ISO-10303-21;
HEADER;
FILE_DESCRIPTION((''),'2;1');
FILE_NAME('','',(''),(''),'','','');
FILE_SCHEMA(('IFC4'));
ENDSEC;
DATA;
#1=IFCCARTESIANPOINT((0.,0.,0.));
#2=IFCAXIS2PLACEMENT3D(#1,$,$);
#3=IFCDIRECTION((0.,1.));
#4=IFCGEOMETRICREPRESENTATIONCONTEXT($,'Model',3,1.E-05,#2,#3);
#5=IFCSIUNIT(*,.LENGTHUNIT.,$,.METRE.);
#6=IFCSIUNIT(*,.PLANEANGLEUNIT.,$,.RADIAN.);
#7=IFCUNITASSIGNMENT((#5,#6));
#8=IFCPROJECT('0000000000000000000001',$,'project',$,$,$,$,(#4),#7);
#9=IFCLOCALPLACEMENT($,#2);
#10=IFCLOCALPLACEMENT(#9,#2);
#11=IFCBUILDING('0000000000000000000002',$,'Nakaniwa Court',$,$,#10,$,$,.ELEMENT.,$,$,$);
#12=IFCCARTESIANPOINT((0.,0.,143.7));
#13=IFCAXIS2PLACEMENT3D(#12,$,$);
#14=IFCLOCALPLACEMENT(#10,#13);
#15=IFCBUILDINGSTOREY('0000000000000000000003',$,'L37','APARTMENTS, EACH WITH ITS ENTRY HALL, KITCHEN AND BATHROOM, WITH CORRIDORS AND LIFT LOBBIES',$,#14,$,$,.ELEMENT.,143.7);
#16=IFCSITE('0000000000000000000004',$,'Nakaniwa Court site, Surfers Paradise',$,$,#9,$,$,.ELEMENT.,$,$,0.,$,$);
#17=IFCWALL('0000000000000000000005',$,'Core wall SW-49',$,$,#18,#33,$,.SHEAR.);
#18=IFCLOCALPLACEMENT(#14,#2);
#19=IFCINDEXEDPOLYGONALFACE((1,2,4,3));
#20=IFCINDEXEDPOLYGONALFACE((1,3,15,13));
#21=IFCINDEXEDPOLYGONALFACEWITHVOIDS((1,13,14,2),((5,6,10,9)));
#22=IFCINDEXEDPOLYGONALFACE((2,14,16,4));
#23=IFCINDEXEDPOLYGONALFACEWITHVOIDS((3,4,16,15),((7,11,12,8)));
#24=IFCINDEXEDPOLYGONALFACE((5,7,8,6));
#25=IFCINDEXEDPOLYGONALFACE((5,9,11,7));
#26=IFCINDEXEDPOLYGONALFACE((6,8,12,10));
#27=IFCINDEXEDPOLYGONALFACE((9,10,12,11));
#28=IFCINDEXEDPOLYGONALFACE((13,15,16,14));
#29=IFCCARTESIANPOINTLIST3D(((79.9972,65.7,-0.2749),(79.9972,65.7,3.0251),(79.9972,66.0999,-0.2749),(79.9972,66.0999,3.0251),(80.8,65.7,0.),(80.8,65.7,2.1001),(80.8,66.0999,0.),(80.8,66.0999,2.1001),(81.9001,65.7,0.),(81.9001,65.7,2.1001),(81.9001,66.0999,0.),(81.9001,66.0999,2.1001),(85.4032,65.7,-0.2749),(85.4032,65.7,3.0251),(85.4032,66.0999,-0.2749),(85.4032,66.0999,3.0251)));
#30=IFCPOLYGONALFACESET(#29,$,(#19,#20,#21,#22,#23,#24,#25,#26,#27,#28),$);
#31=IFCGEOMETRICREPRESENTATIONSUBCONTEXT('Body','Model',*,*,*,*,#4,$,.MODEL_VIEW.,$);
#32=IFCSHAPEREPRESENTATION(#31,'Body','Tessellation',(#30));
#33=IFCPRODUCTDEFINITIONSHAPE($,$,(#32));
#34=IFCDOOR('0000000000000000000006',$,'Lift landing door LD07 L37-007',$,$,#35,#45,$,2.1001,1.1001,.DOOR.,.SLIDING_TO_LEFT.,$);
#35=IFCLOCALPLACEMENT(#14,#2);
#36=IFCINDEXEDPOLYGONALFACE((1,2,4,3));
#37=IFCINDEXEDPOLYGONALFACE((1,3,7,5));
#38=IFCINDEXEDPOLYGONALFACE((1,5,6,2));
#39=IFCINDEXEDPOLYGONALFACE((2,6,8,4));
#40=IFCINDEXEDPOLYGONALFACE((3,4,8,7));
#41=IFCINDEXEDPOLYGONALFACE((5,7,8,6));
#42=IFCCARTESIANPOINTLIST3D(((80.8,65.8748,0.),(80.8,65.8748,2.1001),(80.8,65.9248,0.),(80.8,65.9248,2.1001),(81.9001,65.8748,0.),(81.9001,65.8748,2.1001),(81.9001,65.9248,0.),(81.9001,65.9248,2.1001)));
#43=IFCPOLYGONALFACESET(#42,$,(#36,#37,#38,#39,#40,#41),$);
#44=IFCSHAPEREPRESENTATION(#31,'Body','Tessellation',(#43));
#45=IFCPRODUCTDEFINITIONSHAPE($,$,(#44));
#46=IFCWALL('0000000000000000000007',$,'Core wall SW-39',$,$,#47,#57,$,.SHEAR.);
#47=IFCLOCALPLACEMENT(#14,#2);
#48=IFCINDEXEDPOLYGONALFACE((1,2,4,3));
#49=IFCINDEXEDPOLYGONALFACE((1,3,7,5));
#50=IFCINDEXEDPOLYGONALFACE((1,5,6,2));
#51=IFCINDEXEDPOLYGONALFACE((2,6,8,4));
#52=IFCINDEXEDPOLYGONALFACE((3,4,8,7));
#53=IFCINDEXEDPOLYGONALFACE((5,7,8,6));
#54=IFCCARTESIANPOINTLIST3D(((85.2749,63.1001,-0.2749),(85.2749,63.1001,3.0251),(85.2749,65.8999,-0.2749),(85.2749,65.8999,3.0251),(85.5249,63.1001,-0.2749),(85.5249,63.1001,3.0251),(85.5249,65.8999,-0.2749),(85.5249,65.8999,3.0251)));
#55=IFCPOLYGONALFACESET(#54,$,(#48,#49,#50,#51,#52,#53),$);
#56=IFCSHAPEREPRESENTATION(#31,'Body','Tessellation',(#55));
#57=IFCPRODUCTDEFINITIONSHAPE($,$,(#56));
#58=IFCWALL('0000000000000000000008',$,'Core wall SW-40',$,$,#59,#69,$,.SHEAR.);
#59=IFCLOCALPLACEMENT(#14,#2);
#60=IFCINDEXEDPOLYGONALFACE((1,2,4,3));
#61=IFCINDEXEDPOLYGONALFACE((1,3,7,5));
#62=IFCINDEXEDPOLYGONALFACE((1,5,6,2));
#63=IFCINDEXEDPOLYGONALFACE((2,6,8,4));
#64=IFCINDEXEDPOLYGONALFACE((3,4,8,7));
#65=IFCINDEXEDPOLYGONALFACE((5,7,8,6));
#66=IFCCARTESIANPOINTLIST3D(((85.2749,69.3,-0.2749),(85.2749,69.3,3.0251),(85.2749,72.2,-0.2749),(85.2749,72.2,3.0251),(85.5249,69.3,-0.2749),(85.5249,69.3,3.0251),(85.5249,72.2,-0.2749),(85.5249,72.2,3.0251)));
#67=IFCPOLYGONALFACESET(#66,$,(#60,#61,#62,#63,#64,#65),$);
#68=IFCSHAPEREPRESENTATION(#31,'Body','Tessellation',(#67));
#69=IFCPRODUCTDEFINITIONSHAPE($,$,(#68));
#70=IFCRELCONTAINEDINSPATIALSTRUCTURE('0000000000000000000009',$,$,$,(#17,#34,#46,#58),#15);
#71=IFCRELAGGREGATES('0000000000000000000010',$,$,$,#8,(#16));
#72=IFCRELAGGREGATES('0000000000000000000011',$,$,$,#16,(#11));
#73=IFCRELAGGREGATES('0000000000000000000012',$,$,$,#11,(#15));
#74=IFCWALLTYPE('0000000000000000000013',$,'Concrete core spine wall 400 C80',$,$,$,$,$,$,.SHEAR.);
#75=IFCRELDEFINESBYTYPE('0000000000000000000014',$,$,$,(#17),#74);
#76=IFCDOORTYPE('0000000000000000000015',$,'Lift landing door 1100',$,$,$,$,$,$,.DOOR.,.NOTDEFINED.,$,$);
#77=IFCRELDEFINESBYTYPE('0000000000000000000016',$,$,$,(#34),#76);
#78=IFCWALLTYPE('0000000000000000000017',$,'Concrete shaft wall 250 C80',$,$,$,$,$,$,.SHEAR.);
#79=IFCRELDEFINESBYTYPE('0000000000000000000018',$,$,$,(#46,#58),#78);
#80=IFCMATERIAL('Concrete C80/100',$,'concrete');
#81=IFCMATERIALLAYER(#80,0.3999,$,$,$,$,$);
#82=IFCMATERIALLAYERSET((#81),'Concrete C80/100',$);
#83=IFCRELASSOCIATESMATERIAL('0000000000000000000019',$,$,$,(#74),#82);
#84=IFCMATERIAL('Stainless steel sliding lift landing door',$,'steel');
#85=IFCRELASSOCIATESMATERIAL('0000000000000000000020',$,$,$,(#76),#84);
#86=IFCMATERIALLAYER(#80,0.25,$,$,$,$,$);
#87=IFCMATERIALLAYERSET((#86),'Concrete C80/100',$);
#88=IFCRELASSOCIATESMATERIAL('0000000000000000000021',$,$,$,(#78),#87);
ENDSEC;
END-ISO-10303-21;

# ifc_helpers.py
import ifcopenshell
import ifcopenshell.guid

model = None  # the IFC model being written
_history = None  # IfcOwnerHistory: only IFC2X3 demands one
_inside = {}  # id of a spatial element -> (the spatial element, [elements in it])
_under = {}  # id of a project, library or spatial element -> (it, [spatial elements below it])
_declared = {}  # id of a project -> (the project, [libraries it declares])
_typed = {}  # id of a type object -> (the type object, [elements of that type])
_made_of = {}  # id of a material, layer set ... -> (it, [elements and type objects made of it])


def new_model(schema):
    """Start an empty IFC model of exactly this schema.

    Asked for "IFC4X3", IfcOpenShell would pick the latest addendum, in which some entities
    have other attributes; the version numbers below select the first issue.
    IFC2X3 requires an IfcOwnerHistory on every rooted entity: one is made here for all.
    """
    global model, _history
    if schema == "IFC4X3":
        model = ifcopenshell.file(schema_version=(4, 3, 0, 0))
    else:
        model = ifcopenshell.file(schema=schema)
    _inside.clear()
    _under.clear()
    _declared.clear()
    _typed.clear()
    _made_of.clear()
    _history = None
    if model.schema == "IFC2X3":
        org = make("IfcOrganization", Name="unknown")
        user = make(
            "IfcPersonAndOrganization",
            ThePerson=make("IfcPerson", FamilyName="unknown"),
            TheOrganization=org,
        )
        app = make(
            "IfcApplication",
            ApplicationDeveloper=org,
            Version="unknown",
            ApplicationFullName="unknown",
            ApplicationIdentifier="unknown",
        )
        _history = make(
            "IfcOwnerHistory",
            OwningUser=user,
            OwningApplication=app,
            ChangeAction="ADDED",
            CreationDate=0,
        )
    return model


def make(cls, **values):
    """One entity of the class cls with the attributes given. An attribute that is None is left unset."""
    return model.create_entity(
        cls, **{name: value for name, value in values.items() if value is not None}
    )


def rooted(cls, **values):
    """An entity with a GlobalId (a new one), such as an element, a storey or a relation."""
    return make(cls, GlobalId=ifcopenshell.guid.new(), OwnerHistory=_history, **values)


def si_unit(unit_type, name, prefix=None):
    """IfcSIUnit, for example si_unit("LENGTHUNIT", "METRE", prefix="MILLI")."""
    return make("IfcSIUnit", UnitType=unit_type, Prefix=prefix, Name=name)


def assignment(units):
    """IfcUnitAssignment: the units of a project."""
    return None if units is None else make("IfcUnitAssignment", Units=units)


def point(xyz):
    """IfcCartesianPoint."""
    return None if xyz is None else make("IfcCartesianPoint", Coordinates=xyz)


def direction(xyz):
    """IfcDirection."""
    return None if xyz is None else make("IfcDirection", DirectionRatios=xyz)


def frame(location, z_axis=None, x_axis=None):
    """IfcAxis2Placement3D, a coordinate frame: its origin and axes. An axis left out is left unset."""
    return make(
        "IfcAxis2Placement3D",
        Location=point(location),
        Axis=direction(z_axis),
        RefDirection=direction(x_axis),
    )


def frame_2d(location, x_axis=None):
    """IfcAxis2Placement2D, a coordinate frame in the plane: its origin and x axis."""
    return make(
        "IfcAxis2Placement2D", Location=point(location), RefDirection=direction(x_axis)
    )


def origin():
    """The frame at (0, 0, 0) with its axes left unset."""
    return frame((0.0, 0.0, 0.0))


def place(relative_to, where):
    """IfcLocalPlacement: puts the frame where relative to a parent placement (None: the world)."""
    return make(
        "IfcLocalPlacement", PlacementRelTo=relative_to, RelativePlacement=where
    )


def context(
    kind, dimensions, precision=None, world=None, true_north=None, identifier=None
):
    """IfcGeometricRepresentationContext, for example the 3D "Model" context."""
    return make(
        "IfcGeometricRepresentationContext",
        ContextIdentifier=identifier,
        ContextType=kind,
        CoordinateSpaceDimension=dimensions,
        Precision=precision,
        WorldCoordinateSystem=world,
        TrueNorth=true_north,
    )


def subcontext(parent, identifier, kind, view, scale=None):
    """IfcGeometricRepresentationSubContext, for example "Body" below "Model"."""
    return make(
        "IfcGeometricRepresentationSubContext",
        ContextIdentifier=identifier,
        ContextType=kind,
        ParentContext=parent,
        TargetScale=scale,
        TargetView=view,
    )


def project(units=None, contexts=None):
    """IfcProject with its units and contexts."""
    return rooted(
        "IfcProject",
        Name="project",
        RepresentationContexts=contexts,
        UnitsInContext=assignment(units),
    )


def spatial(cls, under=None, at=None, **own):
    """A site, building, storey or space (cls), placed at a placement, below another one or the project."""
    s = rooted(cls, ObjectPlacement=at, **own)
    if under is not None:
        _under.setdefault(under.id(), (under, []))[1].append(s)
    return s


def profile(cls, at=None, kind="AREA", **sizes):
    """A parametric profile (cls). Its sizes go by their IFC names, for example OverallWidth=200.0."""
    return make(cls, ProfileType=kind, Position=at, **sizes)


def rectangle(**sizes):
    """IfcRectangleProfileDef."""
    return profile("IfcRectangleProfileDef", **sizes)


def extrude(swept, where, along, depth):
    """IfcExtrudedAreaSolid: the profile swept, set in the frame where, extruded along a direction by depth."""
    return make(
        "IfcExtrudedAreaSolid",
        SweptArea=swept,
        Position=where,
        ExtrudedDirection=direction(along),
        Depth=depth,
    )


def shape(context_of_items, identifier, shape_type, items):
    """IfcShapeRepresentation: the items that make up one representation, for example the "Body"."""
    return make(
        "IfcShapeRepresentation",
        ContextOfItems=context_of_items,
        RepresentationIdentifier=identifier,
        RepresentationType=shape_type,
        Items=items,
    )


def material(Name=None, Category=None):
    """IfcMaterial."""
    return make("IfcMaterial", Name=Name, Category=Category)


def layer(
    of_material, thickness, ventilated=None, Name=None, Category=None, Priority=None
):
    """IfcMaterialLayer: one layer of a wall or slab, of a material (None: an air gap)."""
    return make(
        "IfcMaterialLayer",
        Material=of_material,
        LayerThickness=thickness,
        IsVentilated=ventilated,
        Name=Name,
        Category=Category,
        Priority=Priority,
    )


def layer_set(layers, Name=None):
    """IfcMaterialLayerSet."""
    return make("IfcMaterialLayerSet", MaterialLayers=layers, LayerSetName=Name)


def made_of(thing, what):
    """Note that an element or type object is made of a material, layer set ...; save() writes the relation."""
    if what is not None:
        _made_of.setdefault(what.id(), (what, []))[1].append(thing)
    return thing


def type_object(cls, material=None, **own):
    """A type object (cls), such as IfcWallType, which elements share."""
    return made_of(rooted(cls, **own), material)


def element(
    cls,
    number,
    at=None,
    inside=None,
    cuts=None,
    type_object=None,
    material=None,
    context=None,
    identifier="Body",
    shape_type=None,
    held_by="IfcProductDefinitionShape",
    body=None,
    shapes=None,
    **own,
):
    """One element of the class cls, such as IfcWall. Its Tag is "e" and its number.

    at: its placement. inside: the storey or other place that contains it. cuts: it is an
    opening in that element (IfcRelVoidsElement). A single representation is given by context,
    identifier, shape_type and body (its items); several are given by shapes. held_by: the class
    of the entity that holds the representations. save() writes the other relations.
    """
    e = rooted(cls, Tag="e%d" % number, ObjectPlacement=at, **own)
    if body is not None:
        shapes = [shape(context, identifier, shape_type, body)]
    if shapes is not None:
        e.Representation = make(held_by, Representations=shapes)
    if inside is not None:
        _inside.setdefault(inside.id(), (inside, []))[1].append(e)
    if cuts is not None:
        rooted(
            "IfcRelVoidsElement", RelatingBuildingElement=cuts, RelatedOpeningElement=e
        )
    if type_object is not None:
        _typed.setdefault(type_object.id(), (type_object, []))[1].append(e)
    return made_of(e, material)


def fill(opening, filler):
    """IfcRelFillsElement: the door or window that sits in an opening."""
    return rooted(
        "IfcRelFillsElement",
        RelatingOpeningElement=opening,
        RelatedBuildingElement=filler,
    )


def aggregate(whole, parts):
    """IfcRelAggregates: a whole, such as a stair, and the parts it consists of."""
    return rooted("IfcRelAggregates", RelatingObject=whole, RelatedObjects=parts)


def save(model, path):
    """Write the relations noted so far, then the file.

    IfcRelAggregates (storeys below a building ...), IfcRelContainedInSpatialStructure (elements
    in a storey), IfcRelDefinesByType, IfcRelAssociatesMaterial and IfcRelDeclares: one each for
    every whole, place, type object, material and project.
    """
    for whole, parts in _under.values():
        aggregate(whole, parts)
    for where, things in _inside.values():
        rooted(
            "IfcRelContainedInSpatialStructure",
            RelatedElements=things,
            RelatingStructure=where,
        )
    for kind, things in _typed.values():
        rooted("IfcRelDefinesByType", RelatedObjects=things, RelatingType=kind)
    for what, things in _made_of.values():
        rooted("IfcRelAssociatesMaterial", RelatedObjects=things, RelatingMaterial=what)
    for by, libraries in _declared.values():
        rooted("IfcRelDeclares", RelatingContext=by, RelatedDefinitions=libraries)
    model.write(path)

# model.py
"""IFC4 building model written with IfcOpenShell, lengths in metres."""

from ifc_helpers import new_model, si_unit, direction, frame, frame_2d, origin, place, context, subcontext, project, spatial, rectangle, extrude, material, layer, layer_set, type_object, element, fill, save


model = new_model("IFC4")

# Units and contexts
model_context = context("Model", 3, precision=1e-05, world=origin(), true_north=direction((0.0, 1.0)))
body_context = subcontext(model_context, "Body", "Model", "MODEL_VIEW")
ifc_project = project(units=[si_unit("LENGTHUNIT", "METRE"), si_unit("PLANEANGLEUNIT", "RADIAN")], contexts=[model_context])

# Site, building, storey
site_placement = place(None, origin())
site = spatial("IfcSite", under=ifc_project, at=site_placement, Name="Nakaniwa Court site, Surfers Paradise", CompositionType="ELEMENT", RefElevation=0.0)
building_placement = place(site_placement, origin())
building = spatial("IfcBuilding", under=site, at=building_placement, Name="Nakaniwa Court", CompositionType="ELEMENT")
storey_placement = place(building_placement, frame((0.0, 0.0, 143.7)))
storey = spatial("IfcBuildingStorey", under=building, at=storey_placement, Name="L37", Description="APARTMENTS, EACH WITH ITS ENTRY HALL, KITCHEN AND BATHROOM, WITH CORRIDORS AND LIFT LOBBIES", CompositionType="ELEMENT", Elevation=143.7)

# Wall, opening, door
ifc_material_1 = material(Name="Concrete C80/100", Category="concrete")
ifc_layer_1 = layer(ifc_material_1, 0.3999)
ifc_layer_set_1 = layer_set([ifc_layer_1], Name="Concrete C80/100")
wall_type_1 = type_object("IfcWallType", Name="Concrete core spine wall 400 C80", PredefinedType="SHEAR", material=ifc_layer_set_1)
ifc_material_2 = material(Name="Stainless steel sliding lift landing door", Category="steel")
door_type_1 = type_object("IfcDoorType", Name="Lift landing door 1100", OperationType="NOTDEFINED", PredefinedType="DOOR", material=ifc_material_2)
wall_1_placement = place(storey_placement, frame((79.9971, 65.8999, -0.2749), z_axis=(0.0, 0.0, 1.0), x_axis=(1.0, 0.0, 0.0)))
wall_1 = element("IfcWall", 1, at=wall_1_placement, inside=storey, type_object=wall_type_1, Name="Core wall SW-49", PredefinedType="SHEAR", context=body_context, shape_type="SweptSolid", body=[
    extrude(rectangle(XDim=5.406, YDim=0.3999, at=frame_2d((2.7031, 0.0))), origin(), (0.0, 0.0, 1.0), 3.3),
])
opening_1_placement = place(wall_1_placement, frame((0.803, 0.0, 0.2749)))
opening_1 = element("IfcOpeningElement", 2, at=opening_1_placement, cuts=wall_1, PredefinedType="OPENING", context=body_context, shape_type="SweptSolid", body=[
    extrude(rectangle(XDim=1.1001, YDim=2.1001, at=frame_2d((0.55, 1.05))), frame((0.0, 0.21, 0.0), z_axis=(0.0, -1.0, 0.0), x_axis=(1.0, 0.0, 0.0)), (0.0, 0.0, 1.0), 0.4199),
])
door_1_placement = place(opening_1_placement, origin())
door_1 = element("IfcDoor", 3, at=door_1_placement, inside=storey, type_object=door_type_1, Name="Lift landing door LD07 L37-007", OperationType="SLIDING_TO_LEFT", OverallHeight=2.1001, OverallWidth=1.1001, PredefinedType="DOOR", context=body_context, shape_type="SweptSolid", body=[
    extrude(rectangle(XDim=1.1001, YDim=2.1001, at=frame_2d((0.55, 1.05))), frame((0.0, 0.0249, 0.0), z_axis=(0.0, -1.0, 0.0), x_axis=(1.0, 0.0, 0.0)), (0.0, 0.0, 1.0), 0.05),
])
fill(opening_1, door_1)

# Walls
ifc_layer_2 = layer(ifc_material_1, 0.25)
ifc_layer_set_2 = layer_set([ifc_layer_2], Name="Concrete C80/100")
wall_type_2 = type_object("IfcWallType", Name="Concrete shaft wall 250 C80", PredefinedType="SHEAR", material=ifc_layer_set_2)
wall_2_placement = place(storey_placement, frame((85.3999, 63.1001, -0.2749), z_axis=(0.0, 0.0, 1.0), x_axis=(0.0, 1.0, 0.0)))
element("IfcWall", 4, at=wall_2_placement, inside=storey, type_object=wall_type_2, Name="Core wall SW-39", PredefinedType="SHEAR", context=body_context, shape_type="SweptSolid", body=[
    extrude(rectangle(XDim=2.7998, YDim=0.25, at=frame_2d((1.3999, 0.0))), origin(), (0.0, 0.0, 1.0), 3.3),
])
wall_3_placement = place(storey_placement, frame((85.3999, 69.3, -0.2749), z_axis=(0.0, 0.0, 1.0), x_axis=(0.0, 1.0, 0.0)))
element("IfcWall", 5, at=wall_3_placement, inside=storey, type_object=wall_type_2, Name="Core wall SW-40", PredefinedType="SHEAR", context=body_context, shape_type="SweptSolid", body=[
    extrude(rectangle(XDim=2.8999, YDim=0.25, at=frame_2d((1.45, 0.0))), origin(), (0.0, 0.0, 1.0), 3.3),
])

save(model, "model.ifc")
